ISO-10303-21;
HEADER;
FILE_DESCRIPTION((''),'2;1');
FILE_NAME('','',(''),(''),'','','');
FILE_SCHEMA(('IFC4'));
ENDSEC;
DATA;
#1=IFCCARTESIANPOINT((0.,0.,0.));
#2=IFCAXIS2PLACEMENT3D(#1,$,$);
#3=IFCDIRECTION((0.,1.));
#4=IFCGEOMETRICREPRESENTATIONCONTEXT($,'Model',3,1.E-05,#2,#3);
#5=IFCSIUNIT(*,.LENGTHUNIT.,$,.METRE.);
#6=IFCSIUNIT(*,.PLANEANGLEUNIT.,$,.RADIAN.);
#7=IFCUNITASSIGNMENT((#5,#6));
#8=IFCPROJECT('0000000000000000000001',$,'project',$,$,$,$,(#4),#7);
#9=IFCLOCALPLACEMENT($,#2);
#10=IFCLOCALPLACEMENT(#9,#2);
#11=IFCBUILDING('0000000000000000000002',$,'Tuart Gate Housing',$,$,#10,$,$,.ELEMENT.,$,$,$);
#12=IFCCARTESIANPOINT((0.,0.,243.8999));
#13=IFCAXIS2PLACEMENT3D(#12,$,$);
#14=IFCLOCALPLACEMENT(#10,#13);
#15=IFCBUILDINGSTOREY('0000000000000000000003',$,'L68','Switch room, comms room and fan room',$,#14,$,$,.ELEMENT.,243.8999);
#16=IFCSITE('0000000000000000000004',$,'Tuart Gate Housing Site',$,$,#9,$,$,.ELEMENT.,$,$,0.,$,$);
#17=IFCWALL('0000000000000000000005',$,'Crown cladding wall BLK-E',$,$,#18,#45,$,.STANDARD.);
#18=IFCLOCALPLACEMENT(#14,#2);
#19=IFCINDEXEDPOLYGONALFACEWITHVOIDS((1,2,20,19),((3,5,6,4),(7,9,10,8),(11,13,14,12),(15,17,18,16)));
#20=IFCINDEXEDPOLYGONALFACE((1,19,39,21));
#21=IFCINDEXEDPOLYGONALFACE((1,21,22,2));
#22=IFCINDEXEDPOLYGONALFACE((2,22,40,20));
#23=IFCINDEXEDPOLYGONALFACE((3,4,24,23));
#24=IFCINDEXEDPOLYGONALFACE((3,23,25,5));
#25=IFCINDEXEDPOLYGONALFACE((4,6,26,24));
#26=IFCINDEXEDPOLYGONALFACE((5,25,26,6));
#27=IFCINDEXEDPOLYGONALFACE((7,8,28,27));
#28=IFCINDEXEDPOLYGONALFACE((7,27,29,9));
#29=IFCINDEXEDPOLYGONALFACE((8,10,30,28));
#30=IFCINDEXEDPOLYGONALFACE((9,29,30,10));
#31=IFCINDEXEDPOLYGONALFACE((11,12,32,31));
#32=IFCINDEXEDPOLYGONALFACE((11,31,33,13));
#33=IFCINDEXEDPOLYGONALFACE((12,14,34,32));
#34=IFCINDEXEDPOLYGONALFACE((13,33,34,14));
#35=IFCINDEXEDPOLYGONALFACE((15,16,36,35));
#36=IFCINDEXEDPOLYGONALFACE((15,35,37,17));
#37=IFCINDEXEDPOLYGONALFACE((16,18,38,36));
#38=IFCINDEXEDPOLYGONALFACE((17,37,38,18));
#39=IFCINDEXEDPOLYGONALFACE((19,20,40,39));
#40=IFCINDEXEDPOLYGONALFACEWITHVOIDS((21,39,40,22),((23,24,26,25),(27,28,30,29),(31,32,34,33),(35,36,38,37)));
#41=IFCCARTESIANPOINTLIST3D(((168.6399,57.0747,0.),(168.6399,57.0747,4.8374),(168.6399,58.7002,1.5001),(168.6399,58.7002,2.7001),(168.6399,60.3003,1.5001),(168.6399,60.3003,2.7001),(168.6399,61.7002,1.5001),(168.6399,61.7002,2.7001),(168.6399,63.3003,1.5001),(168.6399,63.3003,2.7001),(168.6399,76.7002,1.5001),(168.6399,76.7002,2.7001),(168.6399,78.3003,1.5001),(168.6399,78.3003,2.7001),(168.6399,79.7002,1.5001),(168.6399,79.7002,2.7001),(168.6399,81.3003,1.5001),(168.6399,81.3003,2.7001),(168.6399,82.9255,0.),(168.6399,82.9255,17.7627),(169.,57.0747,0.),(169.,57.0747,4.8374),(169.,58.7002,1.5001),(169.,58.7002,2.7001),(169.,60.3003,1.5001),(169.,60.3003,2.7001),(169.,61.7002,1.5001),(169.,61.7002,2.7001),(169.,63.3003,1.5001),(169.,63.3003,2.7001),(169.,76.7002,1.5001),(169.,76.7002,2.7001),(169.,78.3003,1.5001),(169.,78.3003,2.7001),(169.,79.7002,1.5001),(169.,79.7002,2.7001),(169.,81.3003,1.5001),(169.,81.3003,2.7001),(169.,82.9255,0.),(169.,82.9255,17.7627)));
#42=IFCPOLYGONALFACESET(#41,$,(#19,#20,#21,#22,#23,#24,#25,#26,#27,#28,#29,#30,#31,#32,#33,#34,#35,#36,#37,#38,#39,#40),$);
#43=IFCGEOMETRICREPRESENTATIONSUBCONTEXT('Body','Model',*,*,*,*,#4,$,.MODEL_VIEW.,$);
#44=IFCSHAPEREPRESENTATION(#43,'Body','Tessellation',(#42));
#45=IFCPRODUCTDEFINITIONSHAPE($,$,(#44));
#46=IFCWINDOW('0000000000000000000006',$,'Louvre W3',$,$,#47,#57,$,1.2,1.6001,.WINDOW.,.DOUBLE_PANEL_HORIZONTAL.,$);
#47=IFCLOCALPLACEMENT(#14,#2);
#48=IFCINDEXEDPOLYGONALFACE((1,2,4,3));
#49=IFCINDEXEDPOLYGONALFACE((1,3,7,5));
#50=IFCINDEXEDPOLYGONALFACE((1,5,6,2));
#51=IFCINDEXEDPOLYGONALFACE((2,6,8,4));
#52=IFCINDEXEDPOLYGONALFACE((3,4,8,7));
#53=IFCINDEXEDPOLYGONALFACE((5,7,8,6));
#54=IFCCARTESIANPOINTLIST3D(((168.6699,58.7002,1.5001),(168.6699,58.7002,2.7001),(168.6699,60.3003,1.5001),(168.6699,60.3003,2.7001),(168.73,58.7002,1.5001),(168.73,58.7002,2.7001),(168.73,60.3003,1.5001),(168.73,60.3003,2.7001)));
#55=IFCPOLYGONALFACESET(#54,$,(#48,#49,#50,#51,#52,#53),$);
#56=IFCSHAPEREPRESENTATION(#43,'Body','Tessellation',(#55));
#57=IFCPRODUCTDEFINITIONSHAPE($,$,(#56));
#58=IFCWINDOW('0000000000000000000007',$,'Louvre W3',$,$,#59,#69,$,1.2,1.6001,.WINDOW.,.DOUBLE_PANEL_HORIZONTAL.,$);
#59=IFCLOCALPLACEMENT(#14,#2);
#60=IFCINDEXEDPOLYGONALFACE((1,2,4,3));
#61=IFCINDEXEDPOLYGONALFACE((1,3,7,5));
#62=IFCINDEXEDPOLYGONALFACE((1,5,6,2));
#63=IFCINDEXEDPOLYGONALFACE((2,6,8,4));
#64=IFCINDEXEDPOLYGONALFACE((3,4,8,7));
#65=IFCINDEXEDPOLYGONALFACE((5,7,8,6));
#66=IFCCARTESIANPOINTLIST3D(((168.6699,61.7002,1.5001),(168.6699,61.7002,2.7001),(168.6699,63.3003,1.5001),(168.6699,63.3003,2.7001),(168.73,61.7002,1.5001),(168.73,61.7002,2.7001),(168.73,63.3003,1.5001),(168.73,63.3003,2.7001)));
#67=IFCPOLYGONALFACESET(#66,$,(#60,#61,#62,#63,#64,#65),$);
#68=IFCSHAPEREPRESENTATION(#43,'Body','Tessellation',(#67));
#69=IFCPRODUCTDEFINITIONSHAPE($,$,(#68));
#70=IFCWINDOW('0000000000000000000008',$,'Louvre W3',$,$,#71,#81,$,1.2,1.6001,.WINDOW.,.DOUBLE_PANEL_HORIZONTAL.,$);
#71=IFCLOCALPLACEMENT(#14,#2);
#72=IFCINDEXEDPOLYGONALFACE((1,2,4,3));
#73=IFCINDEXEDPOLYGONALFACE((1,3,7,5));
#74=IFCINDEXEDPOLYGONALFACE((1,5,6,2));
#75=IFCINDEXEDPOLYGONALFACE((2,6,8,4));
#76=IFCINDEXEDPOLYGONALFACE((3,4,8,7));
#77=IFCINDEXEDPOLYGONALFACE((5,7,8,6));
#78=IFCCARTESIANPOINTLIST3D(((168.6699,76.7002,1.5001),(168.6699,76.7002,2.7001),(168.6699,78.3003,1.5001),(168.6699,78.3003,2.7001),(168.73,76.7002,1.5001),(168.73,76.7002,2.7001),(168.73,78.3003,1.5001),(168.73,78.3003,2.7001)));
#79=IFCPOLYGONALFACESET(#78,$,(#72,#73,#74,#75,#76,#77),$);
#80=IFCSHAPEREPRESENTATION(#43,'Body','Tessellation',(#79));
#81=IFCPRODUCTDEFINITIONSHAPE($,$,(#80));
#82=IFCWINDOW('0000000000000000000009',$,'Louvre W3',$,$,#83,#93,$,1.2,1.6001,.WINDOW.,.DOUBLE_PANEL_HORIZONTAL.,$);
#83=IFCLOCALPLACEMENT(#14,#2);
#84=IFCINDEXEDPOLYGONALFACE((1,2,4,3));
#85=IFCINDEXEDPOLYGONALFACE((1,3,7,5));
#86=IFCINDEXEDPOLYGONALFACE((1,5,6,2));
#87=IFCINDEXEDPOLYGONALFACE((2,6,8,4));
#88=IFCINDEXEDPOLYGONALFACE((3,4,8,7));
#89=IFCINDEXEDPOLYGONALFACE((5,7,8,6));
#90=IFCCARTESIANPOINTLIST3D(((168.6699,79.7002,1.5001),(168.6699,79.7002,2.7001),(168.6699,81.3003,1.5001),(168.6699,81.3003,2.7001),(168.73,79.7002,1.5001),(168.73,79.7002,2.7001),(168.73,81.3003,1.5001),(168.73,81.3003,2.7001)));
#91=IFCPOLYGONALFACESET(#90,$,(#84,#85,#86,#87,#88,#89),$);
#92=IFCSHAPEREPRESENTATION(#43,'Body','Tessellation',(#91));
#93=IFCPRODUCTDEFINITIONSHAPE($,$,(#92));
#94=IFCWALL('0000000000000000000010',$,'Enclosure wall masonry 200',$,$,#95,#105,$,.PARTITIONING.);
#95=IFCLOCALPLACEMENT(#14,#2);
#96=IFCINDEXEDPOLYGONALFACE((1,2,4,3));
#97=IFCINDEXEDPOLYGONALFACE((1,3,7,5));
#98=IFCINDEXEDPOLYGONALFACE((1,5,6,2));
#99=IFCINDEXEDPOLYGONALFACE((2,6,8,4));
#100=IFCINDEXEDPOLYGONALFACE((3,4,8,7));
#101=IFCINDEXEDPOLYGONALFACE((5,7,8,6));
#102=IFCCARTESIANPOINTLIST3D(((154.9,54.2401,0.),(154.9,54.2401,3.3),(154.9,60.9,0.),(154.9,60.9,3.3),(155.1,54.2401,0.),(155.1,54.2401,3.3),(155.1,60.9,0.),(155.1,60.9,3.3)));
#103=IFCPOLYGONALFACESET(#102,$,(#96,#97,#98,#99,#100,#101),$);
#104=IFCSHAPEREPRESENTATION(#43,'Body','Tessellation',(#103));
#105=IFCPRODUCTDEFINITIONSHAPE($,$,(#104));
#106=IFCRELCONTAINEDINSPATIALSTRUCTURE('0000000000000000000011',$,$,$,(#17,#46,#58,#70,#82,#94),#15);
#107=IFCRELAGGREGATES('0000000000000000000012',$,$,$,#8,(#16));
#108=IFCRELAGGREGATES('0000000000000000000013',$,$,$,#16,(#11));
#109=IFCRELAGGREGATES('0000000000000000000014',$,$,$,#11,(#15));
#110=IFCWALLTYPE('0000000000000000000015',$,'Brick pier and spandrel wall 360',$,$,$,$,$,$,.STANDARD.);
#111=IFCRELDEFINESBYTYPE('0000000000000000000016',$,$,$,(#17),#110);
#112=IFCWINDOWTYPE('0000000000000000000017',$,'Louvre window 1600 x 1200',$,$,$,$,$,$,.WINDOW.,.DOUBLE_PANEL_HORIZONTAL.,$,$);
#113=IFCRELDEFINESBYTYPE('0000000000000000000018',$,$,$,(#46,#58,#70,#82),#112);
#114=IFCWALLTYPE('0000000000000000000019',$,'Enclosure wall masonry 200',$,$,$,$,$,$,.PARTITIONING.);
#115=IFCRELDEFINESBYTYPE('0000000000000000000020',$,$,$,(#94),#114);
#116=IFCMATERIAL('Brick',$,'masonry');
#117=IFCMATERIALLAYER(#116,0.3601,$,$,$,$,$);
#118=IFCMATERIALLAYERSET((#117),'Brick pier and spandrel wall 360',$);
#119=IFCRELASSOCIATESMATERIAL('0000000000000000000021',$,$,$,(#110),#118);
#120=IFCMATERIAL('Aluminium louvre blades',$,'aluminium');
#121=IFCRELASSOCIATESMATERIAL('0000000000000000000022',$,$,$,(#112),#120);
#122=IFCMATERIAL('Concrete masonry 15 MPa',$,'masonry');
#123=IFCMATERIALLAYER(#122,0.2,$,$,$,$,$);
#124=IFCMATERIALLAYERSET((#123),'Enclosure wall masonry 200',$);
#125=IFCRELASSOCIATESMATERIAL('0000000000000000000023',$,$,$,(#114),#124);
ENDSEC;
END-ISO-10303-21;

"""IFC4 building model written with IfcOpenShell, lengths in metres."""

from ifc_helpers import new_model, si_unit, direction, frame, frame_2d, origin, place, context, subcontext, project, spatial, polyline, rectangle, outline, extrude, material, layer, layer_set, type_object, element, fill, save


model = new_model("IFC4")

# Units and contexts
model_context = context("Model", 3, precision=1e-05, world=origin(), true_north=direction((0.0, 1.0)))
body_context = subcontext(model_context, "Body", "Model", "MODEL_VIEW")
ifc_project = project(units=[si_unit("LENGTHUNIT", "METRE"), si_unit("PLANEANGLEUNIT", "RADIAN")], contexts=[model_context])

# Site, building, storey
site_placement = place(None, origin())
site = spatial("IfcSite", under=ifc_project, at=site_placement, Name="Tuart Gate Housing Site", CompositionType="ELEMENT", RefElevation=0.0)
building_placement = place(site_placement, origin())
building = spatial("IfcBuilding", under=site, at=building_placement, Name="Tuart Gate Housing", CompositionType="ELEMENT")
storey_placement = place(building_placement, frame((0.0, 0.0, 243.8999)))
storey = spatial("IfcBuildingStorey", under=building, at=storey_placement, Name="L68", Description="Switch room, comms room and fan room", CompositionType="ELEMENT", Elevation=243.8999)

# Shared definitions
ifc_material_1 = material(Name="Brick", Category="masonry")
ifc_layer_1 = layer(ifc_material_1, 0.3601)
ifc_layer_set_1 = layer_set([ifc_layer_1], Name="Brick pier and spandrel wall 360")
wall_type_1 = type_object("IfcWallType", Name="Brick pier and spandrel wall 360", PredefinedType="STANDARD", material=ifc_layer_set_1)

# Wall, openings, windows
wall_1_placement = place(storey_placement, frame((168.8201, 57.0747, 0.0), z_axis=(0.0, 0.0, 1.0), x_axis=(0.0, 1.0, 0.0)))
wall_1 = element("IfcWall", 1, at=wall_1_placement, inside=storey, type_object=wall_type_1, Name="Crown cladding wall BLK-E", PredefinedType="STANDARD", context=body_context, shape_type="SweptSolid", body=[
    extrude(outline(polyline([(0.0, 0.0), (25.8508, 0.0), (25.8508, 17.7627), (0.0, 4.8374), (0.0, 0.0)])), frame((0.0, 0.1802, 0.0), z_axis=(0.0, -1.0, 0.0), x_axis=(1.0, 0.0, 0.0)), (0.0, 0.0, 1.0), 0.3601),
])
opening_1_placement = place(wall_1_placement, frame((1.6255, 0.0, 1.5)))
opening_1 = element("IfcOpeningElement", 2, at=opening_1_placement, cuts=wall_1, PredefinedType="OPENING", context=body_context, shape_type="SweptSolid", body=[
    extrude(rectangle(XDim=1.6001, YDim=1.2, at=frame_2d((0.8, 0.6001))), frame((0.0, 0.1899, 0.0), z_axis=(0.0, -1.0, 0.0), x_axis=(1.0, 0.0, 0.0)), (0.0, 0.0, 1.0), 0.3801),
])
opening_2_placement = place(wall_1_placement, frame((4.6255, 0.0, 1.5)))
opening_2 = element("IfcOpeningElement", 3, at=opening_2_placement, cuts=wall_1, PredefinedType="OPENING", context=body_context, shape_type="SweptSolid", body=[
    extrude(rectangle(XDim=1.6001, YDim=1.2, at=frame_2d((0.8, 0.6001))), frame((0.0, 0.1899, 0.0), z_axis=(0.0, -1.0, 0.0), x_axis=(1.0, 0.0, 0.0)), (0.0, 0.0, 1.0), 0.3801),
])
opening_3_placement = place(wall_1_placement, frame((19.6255, 0.0, 1.5)))
opening_3 = element("IfcOpeningElement", 4, at=opening_3_placement, cuts=wall_1, PredefinedType="OPENING", context=body_context, shape_type="SweptSolid", body=[
    extrude(rectangle(XDim=1.6001, YDim=1.2, at=frame_2d((0.8, 0.6001))), frame((0.0, 0.1899, 0.0), z_axis=(0.0, -1.0, 0.0), x_axis=(1.0, 0.0, 0.0)), (0.0, 0.0, 1.0), 0.3801),
])
opening_4_placement = place(wall_1_placement, frame((22.6255, 0.0, 1.5)))
opening_4 = element("IfcOpeningElement", 5, at=opening_4_placement, cuts=wall_1, PredefinedType="OPENING", context=body_context, shape_type="SweptSolid", body=[
    extrude(rectangle(XDim=1.6001, YDim=1.2, at=frame_2d((0.8, 0.6001))), frame((0.0, 0.1899, 0.0), z_axis=(0.0, -1.0, 0.0), x_axis=(1.0, 0.0, 0.0)), (0.0, 0.0, 1.0), 0.3801),
])
ifc_material_2 = material(Name="Aluminium louvre blades", Category="aluminium")
window_type = type_object("IfcWindowType", Name="Louvre window 1600 x 1200", PartitioningType="DOUBLE_PANEL_HORIZONTAL", PredefinedType="WINDOW", material=ifc_material_2)
window_1_placement = place(opening_1_placement, origin())
window_1 = element("IfcWindow", 6, at=window_1_placement, inside=storey, type_object=window_type, Name="Louvre W3", OverallHeight=1.2, OverallWidth=1.6001, PartitioningType="DOUBLE_PANEL_HORIZONTAL", PredefinedType="WINDOW", context=body_context, shape_type="SweptSolid", body=[
    extrude(rectangle(XDim=1.6001, YDim=1.2, at=frame_2d((0.8, 0.6001))), frame((0.0, 0.1501, 0.0), z_axis=(0.0, -1.0, 0.0), x_axis=(1.0, 0.0, 0.0)), (0.0, 0.0, 1.0), 0.0601),
])
fill(opening_1, window_1)
window_2_placement = place(opening_2_placement, origin())
window_2 = element("IfcWindow", 7, at=window_2_placement, inside=storey, type_object=window_type, Name="Louvre W3", OverallHeight=1.2, OverallWidth=1.6001, PartitioningType="DOUBLE_PANEL_HORIZONTAL", PredefinedType="WINDOW", context=body_context, shape_type="SweptSolid", body=[
    extrude(rectangle(XDim=1.6001, YDim=1.2, at=frame_2d((0.8, 0.6001))), frame((0.0, 0.1501, 0.0), z_axis=(0.0, -1.0, 0.0), x_axis=(1.0, 0.0, 0.0)), (0.0, 0.0, 1.0), 0.0601),
])
fill(opening_2, window_2)
window_3_placement = place(opening_3_placement, origin())
window_3 = element("IfcWindow", 8, at=window_3_placement, inside=storey, type_object=window_type, Name="Louvre W3", OverallHeight=1.2, OverallWidth=1.6001, PartitioningType="DOUBLE_PANEL_HORIZONTAL", PredefinedType="WINDOW", context=body_context, shape_type="SweptSolid", body=[
    extrude(rectangle(XDim=1.6001, YDim=1.2, at=frame_2d((0.8, 0.6001))), frame((0.0, 0.1501, 0.0), z_axis=(0.0, -1.0, 0.0), x_axis=(1.0, 0.0, 0.0)), (0.0, 0.0, 1.0), 0.0601),
])
fill(opening_3, window_3)
window_4_placement = place(opening_4_placement, origin())
window_4 = element("IfcWindow", 9, at=window_4_placement, inside=storey, type_object=window_type, Name="Louvre W3", OverallHeight=1.2, OverallWidth=1.6001, PartitioningType="DOUBLE_PANEL_HORIZONTAL", PredefinedType="WINDOW", context=body_context, shape_type="SweptSolid", body=[
    extrude(rectangle(XDim=1.6001, YDim=1.2, at=frame_2d((0.8, 0.6001))), frame((0.0, 0.1501, 0.0), z_axis=(0.0, -1.0, 0.0), x_axis=(1.0, 0.0, 0.0)), (0.0, 0.0, 1.0), 0.0601),
])
fill(opening_4, window_4)

# Wall
ifc_material_3 = material(Name="Concrete masonry 15 MPa", Category="masonry")
ifc_layer_2 = layer(ifc_material_3, 0.2)
ifc_layer_set_2 = layer_set([ifc_layer_2], Name="Enclosure wall masonry 200")
wall_type_2 = type_object("IfcWallType", Name="Enclosure wall masonry 200", PredefinedType="PARTITIONING", material=ifc_layer_set_2)
wall_2_placement = place(storey_placement, frame((155.0, 54.24, 0.0), z_axis=(0.0, 0.0, 1.0), x_axis=(0.0, 1.0, 0.0)))
element("IfcWall", 10, at=wall_2_placement, inside=storey, type_object=wall_type_2, Name="Enclosure wall masonry 200", PredefinedType="PARTITIONING", context=body_context, shape_type="SweptSolid", body=[
    extrude(rectangle(XDim=6.6599, YDim=0.2, at=frame_2d((3.3301, 0.0))), origin(), (0.0, 0.0, 1.0), 3.3),
])

save(model, "model.ifc")
